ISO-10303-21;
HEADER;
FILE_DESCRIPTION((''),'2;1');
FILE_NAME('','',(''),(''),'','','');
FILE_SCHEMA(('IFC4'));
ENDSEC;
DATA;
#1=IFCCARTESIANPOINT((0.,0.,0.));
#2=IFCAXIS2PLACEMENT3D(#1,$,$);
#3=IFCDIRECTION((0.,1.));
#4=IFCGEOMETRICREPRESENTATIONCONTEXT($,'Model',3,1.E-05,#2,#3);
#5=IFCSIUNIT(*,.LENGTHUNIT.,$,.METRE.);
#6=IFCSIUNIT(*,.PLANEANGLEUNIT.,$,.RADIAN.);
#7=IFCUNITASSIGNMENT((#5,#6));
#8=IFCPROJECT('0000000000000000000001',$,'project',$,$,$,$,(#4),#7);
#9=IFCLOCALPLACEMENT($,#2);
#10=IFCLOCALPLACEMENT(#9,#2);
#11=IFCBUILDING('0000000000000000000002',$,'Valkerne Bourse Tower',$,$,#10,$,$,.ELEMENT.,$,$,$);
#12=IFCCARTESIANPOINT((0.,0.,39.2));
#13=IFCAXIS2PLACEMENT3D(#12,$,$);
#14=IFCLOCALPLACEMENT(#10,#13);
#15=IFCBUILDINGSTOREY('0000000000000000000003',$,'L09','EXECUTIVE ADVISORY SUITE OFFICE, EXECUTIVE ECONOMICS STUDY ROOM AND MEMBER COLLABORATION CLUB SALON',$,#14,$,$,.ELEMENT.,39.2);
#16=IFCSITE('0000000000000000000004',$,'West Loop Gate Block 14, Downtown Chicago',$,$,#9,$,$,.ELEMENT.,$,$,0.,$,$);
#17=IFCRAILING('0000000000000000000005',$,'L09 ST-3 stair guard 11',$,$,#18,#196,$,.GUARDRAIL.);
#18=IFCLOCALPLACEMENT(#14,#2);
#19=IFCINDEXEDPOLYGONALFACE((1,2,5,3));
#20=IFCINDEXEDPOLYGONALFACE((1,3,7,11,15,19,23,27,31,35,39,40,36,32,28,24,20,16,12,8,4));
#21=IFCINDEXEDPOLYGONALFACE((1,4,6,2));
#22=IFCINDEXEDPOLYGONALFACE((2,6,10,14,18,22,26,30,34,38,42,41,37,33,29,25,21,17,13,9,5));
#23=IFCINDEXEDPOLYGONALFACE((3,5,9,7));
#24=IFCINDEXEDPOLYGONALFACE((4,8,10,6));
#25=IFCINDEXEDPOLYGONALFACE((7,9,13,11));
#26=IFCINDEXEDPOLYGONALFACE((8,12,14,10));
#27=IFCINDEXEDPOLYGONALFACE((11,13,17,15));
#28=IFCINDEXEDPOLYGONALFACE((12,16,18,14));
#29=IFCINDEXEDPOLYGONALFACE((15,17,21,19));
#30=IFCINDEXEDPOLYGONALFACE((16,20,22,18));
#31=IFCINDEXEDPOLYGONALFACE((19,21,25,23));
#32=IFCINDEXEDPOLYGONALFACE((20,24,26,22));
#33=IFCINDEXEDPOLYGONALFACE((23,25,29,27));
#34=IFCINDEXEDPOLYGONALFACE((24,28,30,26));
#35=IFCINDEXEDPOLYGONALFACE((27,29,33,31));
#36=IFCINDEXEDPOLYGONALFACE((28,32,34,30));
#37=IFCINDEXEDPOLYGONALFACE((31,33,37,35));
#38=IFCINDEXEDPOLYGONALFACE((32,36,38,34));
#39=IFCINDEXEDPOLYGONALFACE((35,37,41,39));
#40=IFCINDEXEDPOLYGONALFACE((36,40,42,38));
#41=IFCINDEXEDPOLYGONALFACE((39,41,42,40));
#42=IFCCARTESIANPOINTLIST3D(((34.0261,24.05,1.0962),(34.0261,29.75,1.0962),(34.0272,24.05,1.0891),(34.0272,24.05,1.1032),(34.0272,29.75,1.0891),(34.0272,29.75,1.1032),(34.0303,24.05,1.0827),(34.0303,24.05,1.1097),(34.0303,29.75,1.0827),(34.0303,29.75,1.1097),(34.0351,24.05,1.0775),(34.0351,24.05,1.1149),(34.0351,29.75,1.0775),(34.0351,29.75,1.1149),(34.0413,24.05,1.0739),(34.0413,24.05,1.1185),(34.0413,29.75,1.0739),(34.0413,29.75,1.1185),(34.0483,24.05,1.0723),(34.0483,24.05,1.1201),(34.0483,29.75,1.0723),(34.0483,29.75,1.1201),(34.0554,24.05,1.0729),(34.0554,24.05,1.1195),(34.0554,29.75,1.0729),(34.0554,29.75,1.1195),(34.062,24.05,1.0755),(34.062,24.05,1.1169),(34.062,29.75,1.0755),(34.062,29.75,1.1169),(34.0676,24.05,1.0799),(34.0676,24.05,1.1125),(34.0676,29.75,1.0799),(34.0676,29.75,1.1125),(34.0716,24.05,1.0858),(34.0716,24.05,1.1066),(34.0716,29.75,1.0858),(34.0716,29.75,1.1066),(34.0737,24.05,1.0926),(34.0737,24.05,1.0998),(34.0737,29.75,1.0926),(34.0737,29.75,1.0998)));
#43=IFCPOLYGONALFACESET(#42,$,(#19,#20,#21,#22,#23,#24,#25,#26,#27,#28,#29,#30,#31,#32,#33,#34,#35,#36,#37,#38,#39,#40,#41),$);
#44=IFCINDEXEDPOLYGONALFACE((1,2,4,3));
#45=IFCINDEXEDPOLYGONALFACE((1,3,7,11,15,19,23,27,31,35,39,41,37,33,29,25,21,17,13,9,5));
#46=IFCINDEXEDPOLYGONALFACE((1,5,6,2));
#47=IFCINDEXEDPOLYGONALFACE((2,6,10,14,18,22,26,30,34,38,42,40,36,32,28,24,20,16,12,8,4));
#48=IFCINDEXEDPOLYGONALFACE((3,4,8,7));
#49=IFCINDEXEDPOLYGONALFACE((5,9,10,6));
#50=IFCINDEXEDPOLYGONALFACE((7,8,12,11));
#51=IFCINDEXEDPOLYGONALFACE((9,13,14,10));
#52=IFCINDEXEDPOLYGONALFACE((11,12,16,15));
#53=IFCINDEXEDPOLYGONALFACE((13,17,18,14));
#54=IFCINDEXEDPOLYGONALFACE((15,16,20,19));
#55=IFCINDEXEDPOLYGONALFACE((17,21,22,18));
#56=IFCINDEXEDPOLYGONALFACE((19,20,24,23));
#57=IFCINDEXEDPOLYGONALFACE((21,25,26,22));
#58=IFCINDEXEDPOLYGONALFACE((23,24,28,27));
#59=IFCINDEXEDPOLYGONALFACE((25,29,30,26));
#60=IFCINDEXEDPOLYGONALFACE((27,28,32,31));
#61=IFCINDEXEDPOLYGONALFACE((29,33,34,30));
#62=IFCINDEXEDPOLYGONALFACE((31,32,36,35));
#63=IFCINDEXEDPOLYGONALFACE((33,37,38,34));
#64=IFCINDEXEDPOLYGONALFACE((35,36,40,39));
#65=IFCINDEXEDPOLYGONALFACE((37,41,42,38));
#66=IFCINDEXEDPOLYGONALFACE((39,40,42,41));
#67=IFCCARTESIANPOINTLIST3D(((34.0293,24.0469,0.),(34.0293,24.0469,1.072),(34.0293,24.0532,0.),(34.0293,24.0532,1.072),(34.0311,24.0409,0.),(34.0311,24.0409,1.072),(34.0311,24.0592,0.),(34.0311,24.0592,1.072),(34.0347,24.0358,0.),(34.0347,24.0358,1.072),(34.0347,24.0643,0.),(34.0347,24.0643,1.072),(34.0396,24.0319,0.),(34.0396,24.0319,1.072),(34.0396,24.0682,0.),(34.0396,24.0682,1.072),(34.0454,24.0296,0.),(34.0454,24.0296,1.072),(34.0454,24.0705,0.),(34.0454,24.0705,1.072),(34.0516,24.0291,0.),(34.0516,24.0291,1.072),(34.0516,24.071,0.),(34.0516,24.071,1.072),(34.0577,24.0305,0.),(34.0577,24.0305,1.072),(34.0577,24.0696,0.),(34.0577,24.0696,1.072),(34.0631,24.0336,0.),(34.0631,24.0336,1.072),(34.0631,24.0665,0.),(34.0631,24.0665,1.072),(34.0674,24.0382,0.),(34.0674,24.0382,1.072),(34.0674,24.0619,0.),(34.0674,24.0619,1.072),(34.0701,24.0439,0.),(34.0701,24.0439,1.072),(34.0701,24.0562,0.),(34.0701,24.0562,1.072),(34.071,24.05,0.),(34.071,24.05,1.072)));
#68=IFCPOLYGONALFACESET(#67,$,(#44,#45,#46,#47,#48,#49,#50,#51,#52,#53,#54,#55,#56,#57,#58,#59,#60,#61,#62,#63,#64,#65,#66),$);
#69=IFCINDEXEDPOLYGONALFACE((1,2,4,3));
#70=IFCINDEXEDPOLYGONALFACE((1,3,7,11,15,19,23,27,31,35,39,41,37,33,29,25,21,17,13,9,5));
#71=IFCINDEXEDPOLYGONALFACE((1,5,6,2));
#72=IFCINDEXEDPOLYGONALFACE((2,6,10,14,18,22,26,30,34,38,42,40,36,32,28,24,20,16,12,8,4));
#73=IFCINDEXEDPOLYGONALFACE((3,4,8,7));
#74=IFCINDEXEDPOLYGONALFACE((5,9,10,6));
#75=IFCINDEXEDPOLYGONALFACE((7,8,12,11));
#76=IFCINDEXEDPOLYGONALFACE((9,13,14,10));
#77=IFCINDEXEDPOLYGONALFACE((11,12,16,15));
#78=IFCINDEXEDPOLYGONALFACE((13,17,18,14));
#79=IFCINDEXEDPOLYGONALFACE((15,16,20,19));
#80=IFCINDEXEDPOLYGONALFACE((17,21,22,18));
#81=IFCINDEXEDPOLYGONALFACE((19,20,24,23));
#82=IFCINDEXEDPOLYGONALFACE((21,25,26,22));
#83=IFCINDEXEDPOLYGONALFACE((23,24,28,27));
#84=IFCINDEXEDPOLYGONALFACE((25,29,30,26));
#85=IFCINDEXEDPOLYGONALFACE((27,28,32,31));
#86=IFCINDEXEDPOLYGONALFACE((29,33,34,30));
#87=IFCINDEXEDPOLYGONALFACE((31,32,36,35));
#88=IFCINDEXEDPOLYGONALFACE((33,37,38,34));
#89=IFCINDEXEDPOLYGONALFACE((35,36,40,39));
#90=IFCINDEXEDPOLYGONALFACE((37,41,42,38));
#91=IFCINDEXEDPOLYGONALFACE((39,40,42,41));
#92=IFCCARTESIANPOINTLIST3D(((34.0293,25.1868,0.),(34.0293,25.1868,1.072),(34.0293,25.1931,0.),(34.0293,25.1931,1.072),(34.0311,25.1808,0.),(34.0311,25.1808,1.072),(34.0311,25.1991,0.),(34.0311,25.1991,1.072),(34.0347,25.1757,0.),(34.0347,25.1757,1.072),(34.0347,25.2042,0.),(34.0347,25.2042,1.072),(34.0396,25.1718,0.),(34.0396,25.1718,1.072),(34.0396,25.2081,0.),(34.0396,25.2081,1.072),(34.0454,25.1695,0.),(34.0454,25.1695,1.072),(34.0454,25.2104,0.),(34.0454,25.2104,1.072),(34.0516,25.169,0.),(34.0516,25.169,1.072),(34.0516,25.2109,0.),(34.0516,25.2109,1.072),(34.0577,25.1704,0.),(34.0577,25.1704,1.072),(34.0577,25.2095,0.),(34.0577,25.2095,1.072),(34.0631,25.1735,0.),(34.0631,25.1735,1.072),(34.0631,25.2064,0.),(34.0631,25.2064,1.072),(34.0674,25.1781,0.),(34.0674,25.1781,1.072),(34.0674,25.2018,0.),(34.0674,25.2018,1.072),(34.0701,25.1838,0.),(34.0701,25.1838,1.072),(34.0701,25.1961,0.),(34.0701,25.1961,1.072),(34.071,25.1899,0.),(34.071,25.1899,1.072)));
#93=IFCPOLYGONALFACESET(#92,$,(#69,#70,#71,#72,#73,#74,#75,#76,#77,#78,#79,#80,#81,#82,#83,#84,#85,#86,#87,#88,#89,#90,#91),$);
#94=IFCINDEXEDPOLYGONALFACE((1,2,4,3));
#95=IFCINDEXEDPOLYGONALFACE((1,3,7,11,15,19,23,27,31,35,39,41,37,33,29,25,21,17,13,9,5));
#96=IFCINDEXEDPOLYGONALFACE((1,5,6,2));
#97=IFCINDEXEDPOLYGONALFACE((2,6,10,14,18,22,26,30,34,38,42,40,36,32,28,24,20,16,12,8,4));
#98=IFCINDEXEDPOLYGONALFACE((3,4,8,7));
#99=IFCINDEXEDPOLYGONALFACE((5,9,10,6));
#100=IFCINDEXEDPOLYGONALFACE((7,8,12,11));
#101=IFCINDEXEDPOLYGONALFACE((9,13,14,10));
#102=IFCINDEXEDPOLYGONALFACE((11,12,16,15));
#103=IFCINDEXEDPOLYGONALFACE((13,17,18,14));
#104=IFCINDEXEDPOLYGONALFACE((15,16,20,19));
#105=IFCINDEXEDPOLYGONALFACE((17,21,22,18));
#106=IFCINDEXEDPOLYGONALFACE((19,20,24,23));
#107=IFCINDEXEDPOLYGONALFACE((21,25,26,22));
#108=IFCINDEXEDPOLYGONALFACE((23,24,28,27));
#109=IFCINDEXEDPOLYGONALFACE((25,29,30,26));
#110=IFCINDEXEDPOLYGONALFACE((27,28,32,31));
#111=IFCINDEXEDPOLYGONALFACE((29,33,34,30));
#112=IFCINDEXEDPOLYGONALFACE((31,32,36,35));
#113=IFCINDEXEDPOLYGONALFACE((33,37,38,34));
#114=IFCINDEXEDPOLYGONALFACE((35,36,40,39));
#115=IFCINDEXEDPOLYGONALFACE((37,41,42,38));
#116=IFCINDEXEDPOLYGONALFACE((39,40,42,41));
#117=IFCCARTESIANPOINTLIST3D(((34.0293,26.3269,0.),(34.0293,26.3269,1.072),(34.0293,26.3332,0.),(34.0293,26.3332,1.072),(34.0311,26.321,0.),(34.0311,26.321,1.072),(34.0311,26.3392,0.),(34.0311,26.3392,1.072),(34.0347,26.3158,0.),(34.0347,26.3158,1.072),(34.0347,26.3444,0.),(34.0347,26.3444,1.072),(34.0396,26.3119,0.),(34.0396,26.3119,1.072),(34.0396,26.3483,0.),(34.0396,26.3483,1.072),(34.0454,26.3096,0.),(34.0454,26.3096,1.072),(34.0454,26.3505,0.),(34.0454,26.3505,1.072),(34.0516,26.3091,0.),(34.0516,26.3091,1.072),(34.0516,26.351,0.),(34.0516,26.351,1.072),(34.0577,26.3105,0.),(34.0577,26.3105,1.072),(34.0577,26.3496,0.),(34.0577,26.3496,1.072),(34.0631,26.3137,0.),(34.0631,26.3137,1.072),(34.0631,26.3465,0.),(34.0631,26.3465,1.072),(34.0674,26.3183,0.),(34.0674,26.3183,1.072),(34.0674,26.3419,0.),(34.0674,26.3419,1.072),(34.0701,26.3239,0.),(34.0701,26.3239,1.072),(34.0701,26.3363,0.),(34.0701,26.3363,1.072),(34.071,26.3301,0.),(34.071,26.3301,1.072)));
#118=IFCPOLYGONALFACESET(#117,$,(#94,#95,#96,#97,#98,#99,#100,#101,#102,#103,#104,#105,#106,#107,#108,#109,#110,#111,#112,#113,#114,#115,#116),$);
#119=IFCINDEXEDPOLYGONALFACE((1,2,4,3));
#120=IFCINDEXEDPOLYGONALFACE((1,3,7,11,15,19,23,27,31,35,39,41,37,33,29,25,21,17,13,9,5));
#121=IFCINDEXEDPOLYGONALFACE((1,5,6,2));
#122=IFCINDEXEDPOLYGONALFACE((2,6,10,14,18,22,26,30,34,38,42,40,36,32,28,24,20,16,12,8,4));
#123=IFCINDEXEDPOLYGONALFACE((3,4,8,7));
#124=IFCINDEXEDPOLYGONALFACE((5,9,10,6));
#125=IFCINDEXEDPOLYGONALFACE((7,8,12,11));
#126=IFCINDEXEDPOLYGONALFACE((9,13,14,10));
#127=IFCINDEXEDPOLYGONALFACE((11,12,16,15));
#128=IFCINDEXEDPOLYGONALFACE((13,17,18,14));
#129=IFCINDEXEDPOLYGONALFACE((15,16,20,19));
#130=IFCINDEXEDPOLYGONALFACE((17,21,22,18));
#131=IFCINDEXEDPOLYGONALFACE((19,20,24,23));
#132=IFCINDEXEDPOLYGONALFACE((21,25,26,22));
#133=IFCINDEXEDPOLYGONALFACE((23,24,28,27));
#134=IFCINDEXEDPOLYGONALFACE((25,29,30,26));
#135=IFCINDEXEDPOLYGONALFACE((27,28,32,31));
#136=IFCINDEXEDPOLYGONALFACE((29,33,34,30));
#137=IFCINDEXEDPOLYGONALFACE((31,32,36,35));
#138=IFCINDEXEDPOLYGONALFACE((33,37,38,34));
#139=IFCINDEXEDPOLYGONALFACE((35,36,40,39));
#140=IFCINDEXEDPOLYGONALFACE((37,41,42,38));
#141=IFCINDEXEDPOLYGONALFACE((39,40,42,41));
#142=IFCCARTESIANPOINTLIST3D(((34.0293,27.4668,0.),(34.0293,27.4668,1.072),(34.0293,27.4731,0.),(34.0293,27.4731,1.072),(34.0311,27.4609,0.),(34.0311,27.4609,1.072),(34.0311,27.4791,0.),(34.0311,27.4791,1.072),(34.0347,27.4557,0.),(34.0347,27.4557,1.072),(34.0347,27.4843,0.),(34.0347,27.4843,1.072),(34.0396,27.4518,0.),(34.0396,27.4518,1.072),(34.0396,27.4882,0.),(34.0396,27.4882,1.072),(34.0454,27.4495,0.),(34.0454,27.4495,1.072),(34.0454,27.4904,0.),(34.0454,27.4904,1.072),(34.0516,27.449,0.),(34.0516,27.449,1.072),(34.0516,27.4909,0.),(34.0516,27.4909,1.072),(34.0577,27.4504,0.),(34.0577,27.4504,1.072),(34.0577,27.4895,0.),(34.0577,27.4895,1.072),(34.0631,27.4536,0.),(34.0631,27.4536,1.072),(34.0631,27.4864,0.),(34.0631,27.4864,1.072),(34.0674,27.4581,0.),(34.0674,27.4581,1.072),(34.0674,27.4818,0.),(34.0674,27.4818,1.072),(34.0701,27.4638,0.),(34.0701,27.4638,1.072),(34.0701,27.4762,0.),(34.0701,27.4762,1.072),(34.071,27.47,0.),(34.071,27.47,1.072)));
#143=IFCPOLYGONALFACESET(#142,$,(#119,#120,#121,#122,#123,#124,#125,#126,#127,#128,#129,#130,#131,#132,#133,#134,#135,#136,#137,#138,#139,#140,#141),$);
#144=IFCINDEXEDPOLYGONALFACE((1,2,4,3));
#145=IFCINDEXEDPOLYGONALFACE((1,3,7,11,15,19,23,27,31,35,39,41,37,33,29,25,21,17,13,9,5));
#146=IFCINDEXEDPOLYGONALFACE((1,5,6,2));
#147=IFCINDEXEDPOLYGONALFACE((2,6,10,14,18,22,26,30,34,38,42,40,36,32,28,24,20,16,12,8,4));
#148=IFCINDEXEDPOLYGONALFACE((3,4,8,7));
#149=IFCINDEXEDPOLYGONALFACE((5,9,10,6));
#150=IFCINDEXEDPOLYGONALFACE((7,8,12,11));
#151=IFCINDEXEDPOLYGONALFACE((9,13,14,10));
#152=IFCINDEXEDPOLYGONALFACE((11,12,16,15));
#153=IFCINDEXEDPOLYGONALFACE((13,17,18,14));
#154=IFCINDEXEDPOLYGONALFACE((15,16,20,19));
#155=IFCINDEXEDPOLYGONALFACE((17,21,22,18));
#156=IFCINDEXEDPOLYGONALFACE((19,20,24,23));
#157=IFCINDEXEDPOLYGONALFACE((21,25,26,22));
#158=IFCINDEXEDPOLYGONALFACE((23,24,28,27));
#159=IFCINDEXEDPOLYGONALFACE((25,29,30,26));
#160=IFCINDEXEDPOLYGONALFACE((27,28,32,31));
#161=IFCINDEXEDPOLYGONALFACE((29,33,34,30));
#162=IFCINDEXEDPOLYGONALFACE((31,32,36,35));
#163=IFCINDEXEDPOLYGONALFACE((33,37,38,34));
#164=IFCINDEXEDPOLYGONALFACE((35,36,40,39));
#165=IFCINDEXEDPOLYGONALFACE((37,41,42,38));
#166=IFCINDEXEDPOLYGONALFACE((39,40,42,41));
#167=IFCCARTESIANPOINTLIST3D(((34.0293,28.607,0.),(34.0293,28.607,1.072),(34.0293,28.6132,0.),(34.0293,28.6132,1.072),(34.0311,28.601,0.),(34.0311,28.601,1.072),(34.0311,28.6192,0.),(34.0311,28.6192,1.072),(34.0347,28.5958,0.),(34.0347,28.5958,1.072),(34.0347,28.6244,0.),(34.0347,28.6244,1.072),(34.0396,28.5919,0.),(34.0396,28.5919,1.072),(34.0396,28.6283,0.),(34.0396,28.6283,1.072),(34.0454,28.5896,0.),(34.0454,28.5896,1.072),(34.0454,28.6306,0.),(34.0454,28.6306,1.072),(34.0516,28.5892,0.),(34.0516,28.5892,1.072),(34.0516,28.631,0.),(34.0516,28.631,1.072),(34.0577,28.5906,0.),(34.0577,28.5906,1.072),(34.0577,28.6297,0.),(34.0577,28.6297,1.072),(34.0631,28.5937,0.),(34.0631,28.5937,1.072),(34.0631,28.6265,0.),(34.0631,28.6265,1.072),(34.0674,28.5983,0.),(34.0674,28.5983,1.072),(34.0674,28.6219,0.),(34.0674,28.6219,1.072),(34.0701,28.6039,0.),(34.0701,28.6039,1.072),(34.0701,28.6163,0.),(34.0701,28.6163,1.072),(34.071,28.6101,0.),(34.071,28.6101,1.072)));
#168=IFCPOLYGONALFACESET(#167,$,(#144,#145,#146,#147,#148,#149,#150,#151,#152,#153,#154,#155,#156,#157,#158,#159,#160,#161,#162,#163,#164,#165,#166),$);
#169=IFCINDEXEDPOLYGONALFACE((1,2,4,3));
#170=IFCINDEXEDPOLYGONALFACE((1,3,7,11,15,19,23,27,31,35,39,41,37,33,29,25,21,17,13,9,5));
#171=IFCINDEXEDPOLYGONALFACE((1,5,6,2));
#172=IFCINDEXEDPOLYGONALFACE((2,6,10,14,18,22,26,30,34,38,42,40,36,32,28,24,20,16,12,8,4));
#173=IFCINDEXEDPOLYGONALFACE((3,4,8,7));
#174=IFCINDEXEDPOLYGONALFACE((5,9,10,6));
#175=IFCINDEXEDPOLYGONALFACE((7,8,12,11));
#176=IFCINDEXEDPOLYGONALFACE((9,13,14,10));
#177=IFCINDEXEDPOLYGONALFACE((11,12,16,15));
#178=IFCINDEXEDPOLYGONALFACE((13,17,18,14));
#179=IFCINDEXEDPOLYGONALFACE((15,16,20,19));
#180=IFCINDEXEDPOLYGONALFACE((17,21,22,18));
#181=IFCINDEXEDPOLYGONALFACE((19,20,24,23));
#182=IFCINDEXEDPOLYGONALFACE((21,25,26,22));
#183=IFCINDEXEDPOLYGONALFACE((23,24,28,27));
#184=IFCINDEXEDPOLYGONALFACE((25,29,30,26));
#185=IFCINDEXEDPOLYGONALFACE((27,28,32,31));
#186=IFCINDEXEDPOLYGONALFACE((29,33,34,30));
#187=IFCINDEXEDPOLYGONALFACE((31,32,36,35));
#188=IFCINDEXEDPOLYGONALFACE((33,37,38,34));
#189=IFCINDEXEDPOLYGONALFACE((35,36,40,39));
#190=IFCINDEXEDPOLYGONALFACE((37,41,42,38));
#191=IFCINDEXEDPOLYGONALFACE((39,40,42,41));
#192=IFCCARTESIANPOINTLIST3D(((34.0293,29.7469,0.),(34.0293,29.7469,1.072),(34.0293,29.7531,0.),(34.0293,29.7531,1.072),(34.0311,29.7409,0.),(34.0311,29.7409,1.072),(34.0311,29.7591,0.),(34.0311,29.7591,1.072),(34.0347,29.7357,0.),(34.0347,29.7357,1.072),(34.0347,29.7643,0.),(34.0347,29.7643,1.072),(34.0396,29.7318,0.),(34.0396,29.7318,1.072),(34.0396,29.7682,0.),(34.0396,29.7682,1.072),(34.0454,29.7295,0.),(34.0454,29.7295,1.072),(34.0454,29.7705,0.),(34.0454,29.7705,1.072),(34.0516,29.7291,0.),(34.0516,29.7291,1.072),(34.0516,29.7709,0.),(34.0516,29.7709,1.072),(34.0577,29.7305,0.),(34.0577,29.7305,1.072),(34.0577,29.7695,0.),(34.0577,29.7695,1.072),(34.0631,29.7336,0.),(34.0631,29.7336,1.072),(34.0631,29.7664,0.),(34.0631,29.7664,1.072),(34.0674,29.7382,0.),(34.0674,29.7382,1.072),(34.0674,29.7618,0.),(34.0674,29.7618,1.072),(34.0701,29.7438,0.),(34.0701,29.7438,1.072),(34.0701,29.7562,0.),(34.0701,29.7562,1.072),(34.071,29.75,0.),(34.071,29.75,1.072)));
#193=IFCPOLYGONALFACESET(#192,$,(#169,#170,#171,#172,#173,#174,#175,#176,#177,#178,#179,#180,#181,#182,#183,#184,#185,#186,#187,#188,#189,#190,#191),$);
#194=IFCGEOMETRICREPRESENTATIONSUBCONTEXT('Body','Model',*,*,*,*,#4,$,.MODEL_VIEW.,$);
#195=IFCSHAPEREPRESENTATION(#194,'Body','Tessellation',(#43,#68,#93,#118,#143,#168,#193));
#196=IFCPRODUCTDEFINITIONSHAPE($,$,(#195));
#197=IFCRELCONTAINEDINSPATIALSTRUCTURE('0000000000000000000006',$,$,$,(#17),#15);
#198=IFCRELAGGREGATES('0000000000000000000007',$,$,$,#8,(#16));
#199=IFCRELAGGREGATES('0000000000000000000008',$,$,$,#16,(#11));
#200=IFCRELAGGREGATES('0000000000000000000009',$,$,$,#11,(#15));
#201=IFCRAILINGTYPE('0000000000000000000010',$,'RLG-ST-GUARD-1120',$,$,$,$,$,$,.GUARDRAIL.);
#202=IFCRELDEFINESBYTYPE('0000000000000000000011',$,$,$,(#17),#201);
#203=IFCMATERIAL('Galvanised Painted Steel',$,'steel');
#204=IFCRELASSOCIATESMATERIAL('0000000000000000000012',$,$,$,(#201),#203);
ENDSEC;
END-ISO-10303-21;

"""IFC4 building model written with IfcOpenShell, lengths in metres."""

from ifc_helpers import new_model, si_unit, direction, frame, origin, origin_2d, place, context, subcontext, project, spatial, circle, extrude, material, type_object, element, save


model = new_model("IFC4")

# Units and contexts
model_context = context("Model", 3, precision=1e-05, world=origin(), true_north=direction((0.0, 1.0)))
body_context = subcontext(model_context, "Body", "Model", "MODEL_VIEW")
ifc_project = project(units=[si_unit("LENGTHUNIT", "METRE"), si_unit("PLANEANGLEUNIT", "RADIAN")], contexts=[model_context])

# Site, building, storey
site_placement = place(None, origin())
site = spatial("IfcSite", under=ifc_project, at=site_placement, Name="West Loop Gate Block 14, Downtown Chicago", CompositionType="ELEMENT", RefElevation=0.0)
building_placement = place(site_placement, origin())
building = spatial("IfcBuilding", under=site, at=building_placement, Name="Valkerne Bourse Tower", CompositionType="ELEMENT")
storey_placement = place(building_placement, frame((0.0, 0.0, 39.2)))
storey = spatial("IfcBuildingStorey", under=building, at=storey_placement, Name="L09", Description="EXECUTIVE ADVISORY SUITE OFFICE, EXECUTIVE ECONOMICS STUDY ROOM AND MEMBER COLLABORATION CLUB SALON", CompositionType="ELEMENT", Elevation=39.2)

# Shared definitions
ifc_material_1 = material(Name="Galvanised Painted Steel", Category="steel")

# Railing
railing_type_1 = type_object("IfcRailingType", Name="RLG-ST-GUARD-1120", PredefinedType="GUARDRAIL", material=ifc_material_1)
railing_1_placement = place(storey_placement, frame((34.05, 24.05, 0.0)))
element("IfcRailing", 1, at=railing_1_placement, inside=storey, type_object=railing_type_1, Name="L09 ST-3 stair guard 11", PredefinedType="GUARDRAIL", context=body_context, shape_type="SweptSolid", body=[
    extrude(circle(Radius=0.0239, at=origin_2d()), frame((0.0, 0.0, 1.0962), z_axis=(0.0, 1.0, 0.0), x_axis=(-1.0, 0.0, 0.0)), (0.0, 0.0, 1.0), 5.7),
    extrude(circle(Radius=0.021, at=origin_2d()), origin(), (0.0, 0.0, 1.0), 1.072),
    extrude(circle(Radius=0.021, at=origin_2d()), frame((0.0, 1.1399, 0.0)), (0.0, 0.0, 1.0), 1.072),
    extrude(circle(Radius=0.021, at=origin_2d()), frame((0.0, 2.28, 0.0)), (0.0, 0.0, 1.0), 1.072),
    extrude(circle(Radius=0.021, at=origin_2d()), frame((0.0, 3.4199, 0.0)), (0.0, 0.0, 1.0), 1.072),
    extrude(circle(Radius=0.021, at=origin_2d()), frame((0.0, 4.5601, 0.0)), (0.0, 0.0, 1.0), 1.072),
    extrude(circle(Radius=0.021, at=origin_2d()), frame((0.0, 5.7, 0.0)), (0.0, 0.0, 1.0), 1.072),
])

save(model, "model.ifc")
